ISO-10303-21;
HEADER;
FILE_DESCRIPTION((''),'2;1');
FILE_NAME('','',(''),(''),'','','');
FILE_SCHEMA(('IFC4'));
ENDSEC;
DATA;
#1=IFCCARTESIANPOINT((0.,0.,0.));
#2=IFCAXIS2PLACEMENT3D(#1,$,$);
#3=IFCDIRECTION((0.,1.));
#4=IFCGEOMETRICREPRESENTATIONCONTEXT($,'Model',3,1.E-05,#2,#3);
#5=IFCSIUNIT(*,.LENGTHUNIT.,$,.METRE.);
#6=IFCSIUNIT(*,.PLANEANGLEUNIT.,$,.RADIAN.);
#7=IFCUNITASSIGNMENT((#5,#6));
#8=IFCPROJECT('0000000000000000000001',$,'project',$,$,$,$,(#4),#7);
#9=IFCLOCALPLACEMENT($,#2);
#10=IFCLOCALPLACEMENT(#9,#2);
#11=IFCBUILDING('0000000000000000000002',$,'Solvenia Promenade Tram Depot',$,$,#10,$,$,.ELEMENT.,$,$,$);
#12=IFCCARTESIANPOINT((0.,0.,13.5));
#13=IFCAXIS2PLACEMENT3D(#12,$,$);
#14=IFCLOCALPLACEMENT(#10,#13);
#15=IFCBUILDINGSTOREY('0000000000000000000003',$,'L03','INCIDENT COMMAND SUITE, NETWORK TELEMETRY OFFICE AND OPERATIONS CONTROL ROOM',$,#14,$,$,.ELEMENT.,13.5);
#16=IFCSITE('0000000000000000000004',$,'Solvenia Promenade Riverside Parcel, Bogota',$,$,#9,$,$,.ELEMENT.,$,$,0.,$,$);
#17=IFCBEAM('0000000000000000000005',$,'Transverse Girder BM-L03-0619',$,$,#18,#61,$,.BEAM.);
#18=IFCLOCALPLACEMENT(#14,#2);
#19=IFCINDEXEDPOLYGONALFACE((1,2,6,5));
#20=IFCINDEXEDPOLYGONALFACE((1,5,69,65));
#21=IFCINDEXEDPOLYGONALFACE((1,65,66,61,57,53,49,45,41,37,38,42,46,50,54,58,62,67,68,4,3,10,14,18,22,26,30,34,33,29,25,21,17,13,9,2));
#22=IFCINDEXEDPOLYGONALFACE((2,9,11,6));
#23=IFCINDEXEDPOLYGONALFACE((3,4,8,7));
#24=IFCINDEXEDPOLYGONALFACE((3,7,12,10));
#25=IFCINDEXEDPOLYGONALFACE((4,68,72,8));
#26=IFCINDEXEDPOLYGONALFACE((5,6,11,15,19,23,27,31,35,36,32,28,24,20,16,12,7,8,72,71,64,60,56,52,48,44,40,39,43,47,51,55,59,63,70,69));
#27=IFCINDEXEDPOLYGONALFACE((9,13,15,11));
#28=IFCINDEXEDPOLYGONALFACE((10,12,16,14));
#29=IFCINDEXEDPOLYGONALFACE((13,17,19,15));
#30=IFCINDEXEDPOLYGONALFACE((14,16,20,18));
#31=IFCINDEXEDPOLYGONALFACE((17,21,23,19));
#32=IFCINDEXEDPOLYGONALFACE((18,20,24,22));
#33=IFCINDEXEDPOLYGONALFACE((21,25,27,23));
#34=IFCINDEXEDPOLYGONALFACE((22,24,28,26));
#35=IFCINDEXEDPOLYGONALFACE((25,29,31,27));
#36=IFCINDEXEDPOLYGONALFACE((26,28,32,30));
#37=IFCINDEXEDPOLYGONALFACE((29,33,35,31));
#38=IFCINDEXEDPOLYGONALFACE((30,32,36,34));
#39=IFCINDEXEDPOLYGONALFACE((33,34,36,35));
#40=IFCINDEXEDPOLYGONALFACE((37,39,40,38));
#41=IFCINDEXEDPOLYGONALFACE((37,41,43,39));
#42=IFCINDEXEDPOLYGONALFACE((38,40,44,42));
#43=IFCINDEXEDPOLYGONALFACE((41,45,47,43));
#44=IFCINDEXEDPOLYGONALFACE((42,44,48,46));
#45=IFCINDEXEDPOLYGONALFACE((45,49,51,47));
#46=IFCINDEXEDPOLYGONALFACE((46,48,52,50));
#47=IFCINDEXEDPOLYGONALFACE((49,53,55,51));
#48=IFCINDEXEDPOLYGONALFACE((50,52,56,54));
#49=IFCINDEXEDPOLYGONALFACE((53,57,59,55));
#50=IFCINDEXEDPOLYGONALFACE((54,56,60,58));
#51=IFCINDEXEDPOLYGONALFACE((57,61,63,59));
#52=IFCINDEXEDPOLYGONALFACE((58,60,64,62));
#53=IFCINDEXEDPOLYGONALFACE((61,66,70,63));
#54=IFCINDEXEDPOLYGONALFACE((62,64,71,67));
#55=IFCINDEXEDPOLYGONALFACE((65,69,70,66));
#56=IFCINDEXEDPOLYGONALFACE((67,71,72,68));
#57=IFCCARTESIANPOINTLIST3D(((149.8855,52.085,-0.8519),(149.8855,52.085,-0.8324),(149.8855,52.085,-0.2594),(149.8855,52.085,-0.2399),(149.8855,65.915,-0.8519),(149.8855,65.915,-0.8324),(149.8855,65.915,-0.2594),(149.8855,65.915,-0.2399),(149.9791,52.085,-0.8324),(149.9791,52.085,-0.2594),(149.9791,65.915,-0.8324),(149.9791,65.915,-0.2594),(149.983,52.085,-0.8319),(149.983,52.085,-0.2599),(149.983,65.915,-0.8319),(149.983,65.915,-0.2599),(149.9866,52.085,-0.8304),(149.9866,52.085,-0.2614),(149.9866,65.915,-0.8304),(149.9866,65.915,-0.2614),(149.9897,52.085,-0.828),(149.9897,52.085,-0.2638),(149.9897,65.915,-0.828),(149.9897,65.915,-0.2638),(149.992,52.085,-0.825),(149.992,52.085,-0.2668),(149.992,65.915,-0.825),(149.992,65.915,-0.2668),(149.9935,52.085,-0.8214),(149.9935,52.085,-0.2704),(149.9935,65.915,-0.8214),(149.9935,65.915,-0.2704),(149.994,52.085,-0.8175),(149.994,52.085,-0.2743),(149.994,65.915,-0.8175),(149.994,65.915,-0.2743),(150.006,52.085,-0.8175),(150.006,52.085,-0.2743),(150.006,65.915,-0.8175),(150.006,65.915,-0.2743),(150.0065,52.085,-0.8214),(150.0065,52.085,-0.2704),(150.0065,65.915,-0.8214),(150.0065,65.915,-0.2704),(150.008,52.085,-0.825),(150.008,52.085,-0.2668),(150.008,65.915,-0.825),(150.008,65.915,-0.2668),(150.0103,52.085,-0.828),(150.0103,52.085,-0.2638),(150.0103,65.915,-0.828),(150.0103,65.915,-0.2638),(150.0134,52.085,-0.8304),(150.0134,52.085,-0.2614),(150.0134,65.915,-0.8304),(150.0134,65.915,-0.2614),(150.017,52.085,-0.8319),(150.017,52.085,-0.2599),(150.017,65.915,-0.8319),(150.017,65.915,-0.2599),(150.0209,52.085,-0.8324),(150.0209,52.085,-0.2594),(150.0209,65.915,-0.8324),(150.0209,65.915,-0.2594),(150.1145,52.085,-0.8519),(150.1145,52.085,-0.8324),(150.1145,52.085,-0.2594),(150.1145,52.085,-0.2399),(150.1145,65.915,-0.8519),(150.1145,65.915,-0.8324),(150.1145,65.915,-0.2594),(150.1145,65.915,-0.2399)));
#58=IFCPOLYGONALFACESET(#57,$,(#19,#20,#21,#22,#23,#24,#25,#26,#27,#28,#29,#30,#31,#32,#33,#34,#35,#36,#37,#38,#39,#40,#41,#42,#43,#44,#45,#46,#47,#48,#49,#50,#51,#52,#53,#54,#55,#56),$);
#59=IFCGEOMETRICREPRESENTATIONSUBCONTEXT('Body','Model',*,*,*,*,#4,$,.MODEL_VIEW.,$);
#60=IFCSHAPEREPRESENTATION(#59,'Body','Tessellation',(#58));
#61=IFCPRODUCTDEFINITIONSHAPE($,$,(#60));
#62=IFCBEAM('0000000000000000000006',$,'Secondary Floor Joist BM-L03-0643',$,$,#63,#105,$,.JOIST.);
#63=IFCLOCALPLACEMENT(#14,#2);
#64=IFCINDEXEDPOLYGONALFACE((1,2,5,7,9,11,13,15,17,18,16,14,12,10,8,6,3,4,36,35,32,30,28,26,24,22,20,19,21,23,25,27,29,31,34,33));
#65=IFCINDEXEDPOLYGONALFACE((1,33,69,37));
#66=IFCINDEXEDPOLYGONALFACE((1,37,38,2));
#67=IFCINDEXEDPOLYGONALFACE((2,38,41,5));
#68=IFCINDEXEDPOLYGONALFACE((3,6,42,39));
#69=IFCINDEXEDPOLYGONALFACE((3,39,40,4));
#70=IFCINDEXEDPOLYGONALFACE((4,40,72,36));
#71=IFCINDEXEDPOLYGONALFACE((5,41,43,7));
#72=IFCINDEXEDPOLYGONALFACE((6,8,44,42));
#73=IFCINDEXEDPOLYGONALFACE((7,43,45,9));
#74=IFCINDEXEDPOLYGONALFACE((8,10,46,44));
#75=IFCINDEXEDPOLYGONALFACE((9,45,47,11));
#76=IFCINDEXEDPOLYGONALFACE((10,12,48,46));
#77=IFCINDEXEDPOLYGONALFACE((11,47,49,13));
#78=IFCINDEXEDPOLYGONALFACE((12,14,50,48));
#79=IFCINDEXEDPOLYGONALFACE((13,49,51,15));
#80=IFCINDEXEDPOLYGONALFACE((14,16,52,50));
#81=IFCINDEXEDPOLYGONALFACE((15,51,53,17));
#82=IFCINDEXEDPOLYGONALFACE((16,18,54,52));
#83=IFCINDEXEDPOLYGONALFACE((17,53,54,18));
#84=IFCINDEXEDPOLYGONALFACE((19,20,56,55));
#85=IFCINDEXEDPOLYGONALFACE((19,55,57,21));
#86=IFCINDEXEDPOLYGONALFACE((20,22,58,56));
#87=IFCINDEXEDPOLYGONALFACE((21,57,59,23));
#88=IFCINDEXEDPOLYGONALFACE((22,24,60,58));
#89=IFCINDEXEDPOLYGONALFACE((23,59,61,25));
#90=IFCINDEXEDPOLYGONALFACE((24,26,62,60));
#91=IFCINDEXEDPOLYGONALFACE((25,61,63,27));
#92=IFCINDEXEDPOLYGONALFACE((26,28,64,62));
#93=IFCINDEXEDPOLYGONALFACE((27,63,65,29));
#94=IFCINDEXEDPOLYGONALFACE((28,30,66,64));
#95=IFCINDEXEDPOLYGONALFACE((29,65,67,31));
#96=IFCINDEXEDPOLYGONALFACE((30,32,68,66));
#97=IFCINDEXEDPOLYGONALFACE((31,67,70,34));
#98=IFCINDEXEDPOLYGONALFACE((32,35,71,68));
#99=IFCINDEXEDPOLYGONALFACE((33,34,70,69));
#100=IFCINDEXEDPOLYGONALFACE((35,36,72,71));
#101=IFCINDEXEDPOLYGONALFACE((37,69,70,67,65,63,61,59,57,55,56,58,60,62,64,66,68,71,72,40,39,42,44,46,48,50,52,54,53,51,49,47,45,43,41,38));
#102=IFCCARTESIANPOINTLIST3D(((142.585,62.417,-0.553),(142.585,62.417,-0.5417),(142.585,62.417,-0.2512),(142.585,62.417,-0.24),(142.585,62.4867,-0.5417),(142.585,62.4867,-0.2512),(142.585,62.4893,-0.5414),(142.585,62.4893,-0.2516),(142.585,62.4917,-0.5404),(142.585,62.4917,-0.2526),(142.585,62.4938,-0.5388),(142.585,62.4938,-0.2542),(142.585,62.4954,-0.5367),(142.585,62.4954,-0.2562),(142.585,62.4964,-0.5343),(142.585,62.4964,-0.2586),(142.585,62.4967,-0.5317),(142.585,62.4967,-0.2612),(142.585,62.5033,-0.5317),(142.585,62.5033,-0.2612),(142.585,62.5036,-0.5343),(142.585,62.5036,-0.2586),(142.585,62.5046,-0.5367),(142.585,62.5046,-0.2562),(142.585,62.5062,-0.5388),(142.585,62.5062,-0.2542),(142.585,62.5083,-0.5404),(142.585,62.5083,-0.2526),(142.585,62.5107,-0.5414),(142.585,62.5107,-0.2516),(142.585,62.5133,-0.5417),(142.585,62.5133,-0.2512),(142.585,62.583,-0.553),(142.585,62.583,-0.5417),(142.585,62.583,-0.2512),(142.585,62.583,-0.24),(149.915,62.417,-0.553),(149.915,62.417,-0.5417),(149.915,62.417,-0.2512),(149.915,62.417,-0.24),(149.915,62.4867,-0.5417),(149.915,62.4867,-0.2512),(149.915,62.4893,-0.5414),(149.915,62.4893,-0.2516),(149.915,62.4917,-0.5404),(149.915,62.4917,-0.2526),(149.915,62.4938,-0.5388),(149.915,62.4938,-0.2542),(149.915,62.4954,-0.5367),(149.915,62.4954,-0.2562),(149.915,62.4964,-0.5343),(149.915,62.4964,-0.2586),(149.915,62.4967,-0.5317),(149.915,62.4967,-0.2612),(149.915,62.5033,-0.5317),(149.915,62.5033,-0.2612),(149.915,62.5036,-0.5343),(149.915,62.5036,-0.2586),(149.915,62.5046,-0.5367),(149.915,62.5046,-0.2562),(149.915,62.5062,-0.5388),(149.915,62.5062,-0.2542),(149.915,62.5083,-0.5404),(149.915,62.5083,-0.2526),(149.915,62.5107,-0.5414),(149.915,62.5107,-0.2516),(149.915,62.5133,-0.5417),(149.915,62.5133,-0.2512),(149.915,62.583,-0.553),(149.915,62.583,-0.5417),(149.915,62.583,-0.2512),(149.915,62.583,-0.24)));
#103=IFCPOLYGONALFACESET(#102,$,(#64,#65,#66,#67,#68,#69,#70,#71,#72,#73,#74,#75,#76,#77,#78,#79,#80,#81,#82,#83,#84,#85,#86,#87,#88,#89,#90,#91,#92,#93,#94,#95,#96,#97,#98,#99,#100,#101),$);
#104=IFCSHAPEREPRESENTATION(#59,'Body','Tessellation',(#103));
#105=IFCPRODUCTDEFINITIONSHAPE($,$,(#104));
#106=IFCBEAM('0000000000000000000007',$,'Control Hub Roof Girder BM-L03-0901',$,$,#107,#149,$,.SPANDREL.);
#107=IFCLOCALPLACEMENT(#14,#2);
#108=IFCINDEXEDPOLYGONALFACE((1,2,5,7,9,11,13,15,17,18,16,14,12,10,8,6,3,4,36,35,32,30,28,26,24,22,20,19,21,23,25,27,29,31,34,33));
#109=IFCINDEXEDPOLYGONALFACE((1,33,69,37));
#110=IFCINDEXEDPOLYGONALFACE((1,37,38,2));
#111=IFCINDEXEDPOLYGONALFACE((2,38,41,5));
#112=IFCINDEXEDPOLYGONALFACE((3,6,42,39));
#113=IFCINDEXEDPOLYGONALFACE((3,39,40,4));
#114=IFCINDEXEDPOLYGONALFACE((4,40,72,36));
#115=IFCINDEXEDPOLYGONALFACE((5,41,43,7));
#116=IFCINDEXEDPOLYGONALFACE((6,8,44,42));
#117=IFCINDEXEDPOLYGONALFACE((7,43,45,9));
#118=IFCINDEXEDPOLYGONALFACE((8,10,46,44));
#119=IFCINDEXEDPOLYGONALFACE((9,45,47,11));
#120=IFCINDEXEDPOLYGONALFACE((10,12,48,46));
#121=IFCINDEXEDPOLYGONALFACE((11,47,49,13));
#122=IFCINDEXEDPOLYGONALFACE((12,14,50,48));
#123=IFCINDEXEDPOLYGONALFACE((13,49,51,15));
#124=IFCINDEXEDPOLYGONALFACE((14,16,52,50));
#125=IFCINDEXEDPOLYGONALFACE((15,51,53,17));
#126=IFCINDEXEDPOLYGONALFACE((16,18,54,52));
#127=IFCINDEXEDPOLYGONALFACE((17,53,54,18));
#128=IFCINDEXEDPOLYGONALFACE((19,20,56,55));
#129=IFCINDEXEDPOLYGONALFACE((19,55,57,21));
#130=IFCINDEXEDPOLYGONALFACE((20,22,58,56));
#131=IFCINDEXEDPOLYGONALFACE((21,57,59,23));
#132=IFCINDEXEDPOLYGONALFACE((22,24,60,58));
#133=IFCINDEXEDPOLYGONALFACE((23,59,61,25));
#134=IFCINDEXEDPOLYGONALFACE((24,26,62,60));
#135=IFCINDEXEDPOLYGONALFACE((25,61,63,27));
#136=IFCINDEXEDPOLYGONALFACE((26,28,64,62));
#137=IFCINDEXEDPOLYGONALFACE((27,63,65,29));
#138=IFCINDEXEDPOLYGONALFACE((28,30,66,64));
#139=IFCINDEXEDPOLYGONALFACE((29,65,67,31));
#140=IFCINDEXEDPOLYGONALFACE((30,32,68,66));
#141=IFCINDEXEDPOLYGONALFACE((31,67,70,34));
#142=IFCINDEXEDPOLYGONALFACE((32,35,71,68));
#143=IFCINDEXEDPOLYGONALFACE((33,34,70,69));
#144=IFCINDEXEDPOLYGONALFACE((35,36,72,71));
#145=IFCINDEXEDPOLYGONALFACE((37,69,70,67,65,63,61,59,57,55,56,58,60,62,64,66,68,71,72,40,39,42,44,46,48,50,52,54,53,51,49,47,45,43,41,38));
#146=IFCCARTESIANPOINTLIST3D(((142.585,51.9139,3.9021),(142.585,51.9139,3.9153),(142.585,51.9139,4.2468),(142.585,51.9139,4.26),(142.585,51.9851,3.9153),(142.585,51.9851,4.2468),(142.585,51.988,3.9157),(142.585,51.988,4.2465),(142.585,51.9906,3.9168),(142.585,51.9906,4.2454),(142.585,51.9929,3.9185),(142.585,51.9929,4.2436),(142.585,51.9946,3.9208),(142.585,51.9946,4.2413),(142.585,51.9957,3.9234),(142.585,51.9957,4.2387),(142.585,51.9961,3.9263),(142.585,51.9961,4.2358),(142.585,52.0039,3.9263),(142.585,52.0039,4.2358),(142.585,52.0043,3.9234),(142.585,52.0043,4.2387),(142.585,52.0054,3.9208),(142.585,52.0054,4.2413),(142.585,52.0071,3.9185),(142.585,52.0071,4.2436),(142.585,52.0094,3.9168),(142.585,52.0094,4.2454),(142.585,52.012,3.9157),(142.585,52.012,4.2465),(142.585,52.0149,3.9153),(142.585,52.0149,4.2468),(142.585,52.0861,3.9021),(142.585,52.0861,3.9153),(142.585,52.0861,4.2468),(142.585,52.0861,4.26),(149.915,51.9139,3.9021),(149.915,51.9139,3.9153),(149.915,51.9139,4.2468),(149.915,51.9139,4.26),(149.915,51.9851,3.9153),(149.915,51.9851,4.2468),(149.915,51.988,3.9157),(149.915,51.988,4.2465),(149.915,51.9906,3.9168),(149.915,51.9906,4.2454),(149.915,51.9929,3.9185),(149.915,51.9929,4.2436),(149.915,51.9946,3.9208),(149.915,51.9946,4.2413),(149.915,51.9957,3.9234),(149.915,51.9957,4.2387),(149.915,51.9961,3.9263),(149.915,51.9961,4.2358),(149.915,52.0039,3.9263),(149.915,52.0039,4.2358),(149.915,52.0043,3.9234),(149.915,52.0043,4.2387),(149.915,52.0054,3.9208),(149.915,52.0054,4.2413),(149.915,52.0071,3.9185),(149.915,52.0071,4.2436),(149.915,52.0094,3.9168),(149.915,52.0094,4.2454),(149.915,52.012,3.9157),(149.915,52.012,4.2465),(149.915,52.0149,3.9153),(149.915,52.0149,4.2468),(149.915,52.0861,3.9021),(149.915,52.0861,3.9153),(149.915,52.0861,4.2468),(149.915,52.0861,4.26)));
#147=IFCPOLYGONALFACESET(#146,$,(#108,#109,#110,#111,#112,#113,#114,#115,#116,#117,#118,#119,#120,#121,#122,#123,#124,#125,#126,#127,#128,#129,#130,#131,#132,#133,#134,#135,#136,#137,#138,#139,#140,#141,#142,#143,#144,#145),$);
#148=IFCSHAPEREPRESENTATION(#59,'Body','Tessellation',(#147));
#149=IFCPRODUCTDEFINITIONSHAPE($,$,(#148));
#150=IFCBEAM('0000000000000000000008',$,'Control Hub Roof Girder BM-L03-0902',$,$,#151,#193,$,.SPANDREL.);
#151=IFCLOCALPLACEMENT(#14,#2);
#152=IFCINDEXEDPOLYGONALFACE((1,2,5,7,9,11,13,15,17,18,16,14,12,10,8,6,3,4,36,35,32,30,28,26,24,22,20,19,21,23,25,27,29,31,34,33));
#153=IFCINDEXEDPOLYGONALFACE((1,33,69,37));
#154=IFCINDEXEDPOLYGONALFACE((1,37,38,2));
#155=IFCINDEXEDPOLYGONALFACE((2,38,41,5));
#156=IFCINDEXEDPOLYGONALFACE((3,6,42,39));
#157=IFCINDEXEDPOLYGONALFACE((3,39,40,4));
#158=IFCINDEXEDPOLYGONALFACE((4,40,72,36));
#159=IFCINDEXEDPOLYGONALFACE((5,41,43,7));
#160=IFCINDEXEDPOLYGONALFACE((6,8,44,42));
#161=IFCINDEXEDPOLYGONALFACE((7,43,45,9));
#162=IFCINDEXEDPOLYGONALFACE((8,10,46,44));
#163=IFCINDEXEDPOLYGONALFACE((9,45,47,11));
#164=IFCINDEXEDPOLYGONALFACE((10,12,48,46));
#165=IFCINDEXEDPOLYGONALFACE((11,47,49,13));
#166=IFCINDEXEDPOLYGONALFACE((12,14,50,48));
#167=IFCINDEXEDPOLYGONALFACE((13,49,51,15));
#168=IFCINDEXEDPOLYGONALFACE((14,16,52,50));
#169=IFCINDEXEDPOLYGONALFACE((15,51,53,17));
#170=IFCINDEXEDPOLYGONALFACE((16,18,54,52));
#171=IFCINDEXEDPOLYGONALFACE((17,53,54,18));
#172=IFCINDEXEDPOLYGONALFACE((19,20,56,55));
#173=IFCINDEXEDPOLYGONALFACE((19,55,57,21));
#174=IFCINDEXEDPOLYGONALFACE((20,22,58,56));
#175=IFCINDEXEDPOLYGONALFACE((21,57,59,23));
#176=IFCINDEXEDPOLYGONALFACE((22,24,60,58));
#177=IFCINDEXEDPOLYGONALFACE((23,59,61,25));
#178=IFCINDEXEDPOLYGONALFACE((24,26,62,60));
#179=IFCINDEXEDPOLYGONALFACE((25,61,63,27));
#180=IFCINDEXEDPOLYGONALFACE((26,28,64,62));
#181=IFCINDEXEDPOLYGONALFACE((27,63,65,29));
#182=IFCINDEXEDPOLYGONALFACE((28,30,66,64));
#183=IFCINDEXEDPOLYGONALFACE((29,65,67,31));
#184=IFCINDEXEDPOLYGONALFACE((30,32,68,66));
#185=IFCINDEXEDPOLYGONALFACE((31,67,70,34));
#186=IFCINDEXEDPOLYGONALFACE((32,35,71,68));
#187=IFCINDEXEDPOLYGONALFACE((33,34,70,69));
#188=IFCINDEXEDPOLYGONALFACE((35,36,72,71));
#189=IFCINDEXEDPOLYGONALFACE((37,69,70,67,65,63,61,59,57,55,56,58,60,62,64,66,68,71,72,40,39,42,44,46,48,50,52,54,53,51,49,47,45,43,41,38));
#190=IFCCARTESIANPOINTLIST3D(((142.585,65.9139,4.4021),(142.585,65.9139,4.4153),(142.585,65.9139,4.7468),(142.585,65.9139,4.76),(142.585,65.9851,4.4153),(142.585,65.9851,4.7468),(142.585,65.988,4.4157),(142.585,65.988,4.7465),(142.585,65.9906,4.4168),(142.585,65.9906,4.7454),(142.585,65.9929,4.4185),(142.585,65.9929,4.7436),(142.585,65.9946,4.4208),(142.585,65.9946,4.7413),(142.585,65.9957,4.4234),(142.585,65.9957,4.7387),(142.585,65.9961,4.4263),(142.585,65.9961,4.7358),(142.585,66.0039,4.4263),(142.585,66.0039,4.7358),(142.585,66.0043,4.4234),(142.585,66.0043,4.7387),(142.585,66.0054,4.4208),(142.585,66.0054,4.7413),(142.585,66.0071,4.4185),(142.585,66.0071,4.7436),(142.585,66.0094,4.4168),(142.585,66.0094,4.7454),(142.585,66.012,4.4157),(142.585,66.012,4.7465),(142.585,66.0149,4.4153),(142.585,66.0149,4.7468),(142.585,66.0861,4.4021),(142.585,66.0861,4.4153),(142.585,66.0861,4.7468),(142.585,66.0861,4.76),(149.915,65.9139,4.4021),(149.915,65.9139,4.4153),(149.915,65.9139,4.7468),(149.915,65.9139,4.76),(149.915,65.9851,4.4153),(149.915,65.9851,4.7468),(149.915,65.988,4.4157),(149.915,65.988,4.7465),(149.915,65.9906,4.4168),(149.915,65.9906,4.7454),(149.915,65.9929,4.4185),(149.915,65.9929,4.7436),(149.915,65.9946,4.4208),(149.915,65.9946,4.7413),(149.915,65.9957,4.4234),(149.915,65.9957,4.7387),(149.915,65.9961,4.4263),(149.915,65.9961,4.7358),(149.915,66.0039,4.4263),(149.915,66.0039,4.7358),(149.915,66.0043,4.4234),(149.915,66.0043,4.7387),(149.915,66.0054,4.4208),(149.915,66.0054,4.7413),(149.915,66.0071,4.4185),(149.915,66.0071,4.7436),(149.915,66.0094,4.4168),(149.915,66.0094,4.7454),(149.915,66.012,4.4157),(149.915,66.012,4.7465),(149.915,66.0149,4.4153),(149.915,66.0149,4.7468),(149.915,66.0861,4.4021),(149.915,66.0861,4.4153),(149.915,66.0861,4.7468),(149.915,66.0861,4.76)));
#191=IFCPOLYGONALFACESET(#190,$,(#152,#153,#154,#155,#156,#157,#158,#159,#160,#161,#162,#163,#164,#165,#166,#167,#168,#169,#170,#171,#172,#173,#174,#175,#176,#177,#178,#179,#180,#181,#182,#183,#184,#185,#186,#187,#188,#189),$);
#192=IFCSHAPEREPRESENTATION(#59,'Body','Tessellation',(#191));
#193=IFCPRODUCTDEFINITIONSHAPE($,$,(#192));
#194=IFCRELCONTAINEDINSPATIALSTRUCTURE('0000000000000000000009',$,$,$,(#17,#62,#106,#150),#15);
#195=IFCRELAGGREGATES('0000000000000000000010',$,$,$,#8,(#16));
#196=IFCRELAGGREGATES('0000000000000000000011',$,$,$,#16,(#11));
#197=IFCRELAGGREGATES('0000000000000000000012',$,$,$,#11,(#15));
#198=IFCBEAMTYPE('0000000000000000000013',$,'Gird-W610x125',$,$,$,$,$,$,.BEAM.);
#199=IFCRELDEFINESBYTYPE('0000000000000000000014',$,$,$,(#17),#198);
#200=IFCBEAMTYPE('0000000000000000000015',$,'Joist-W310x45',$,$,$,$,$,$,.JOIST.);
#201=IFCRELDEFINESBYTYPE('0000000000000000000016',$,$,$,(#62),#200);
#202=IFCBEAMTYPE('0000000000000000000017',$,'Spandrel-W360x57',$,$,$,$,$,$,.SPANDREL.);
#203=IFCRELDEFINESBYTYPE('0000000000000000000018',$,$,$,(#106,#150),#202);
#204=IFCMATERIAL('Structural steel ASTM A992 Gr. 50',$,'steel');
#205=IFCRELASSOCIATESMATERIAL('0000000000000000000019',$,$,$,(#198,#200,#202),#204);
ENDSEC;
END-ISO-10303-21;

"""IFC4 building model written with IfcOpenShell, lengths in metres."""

from ifc_helpers import new_model, si_unit, direction, frame, origin, origin_2d, place, context, subcontext, project, spatial, i_section, extrude, material, material_profile, profile_set, type_object, element, save


model = new_model("IFC4")

# Units and contexts
model_context = context("Model", 3, precision=1e-05, world=origin(), true_north=direction((0.0, 1.0)))
body_context = subcontext(model_context, "Body", "Model", "MODEL_VIEW")
ifc_project = project(units=[si_unit("LENGTHUNIT", "METRE"), si_unit("PLANEANGLEUNIT", "RADIAN")], contexts=[model_context])

# Site, building, storey
site_placement = place(None, origin())
site = spatial("IfcSite", under=ifc_project, at=site_placement, Name="Solvenia Promenade Riverside Parcel, Bogota", CompositionType="ELEMENT", RefElevation=0.0)
building_placement = place(site_placement, origin())
building = spatial("IfcBuilding", under=site, at=building_placement, Name="Solvenia Promenade Tram Depot", CompositionType="ELEMENT")
storey_placement = place(building_placement, frame((0.0, 0.0, 13.5)))
storey = spatial("IfcBuildingStorey", under=building, at=storey_placement, Name="L03", Description="INCIDENT COMMAND SUITE, NETWORK TELEMETRY OFFICE AND OPERATIONS CONTROL ROOM", CompositionType="ELEMENT", Elevation=13.5)

# Shared definitions
ifc_material_1 = material(Name="Structural steel ASTM A992 Gr. 50", Category="steel")

# Beams
ifc_material_profile_1 = material_profile(ifc_material_1, i_section(OverallWidth=0.229, OverallDepth=0.6121, WebThickness=0.012, FlangeThickness=0.0195, FilletRadius=0.0149, at=origin_2d()), Name="W610x125", Category="steel")
ifc_profile_set_1 = profile_set([ifc_material_profile_1], Name="Structural steel ASTM A992 Gr. 50")
beam_type_1 = type_object("IfcBeamType", Name="Gird-W610x125", PredefinedType="BEAM", material=ifc_profile_set_1)
beam_1_placement = place(storey_placement, frame((150.0, 52.085, -0.5459), z_axis=(0.0, 1.0, 0.0), x_axis=(-1.0, 0.0, 0.0)))
element("IfcBeam", 1, at=beam_1_placement, inside=storey, type_object=beam_type_1, Name="Transverse Girder BM-L03-0619", PredefinedType="BEAM", context=body_context, shape_type="SweptSolid", body=[
    extrude(i_section(OverallWidth=0.229, OverallDepth=0.6121, WebThickness=0.012, FlangeThickness=0.0195, FilletRadius=0.0149, at=origin_2d()), origin(), (0.0, 0.0, 1.0), 13.8301),
])
ifc_material_profile_2 = material_profile(ifc_material_1, i_section(OverallWidth=0.166, OverallDepth=0.313, WebThickness=0.0066, FlangeThickness=0.0112, FilletRadius=0.01, at=origin_2d()), Name="W310x45", Category="steel")
ifc_profile_set_2 = profile_set([ifc_material_profile_2], Name="Structural steel ASTM A992 Gr. 50")
beam_type_2 = type_object("IfcBeamType", Name="Joist-W310x45", PredefinedType="JOIST", material=ifc_profile_set_2)
beam_2_placement = place(storey_placement, frame((142.585, 62.5, -0.3965), z_axis=(1.0, 0.0, 0.0), x_axis=(0.0, 1.0, 0.0)))
element("IfcBeam", 2, at=beam_2_placement, inside=storey, type_object=beam_type_2, Name="Secondary Floor Joist BM-L03-0643", PredefinedType="JOIST", context=body_context, shape_type="SweptSolid", body=[
    extrude(i_section(OverallWidth=0.166, OverallDepth=0.313, WebThickness=0.0066, FlangeThickness=0.0112, FilletRadius=0.01, at=origin_2d()), origin(), (0.0, 0.0, 1.0), 7.3301),
])
ifc_material_profile_3 = material_profile(ifc_material_1, i_section(OverallWidth=0.1721, OverallDepth=0.3579, WebThickness=0.0078, FlangeThickness=0.0132, FilletRadius=0.011, at=origin_2d()), Name="W360x57", Category="steel")
ifc_profile_set_3 = profile_set([ifc_material_profile_3], Name="Structural steel ASTM A992 Gr. 50")
beam_type_3 = type_object("IfcBeamType", Name="Spandrel-W360x57", PredefinedType="SPANDREL", material=ifc_profile_set_3)
for number, where, z_axis, x_axis, name in (
    (3, (142.585, 52.0, 4.0811), (1.0, 0.0, 0.0), (0.0, 1.0, 0.0), "Control Hub Roof Girder BM-L03-0901"),
    (4, (142.585, 66.0, 4.5811), (1.0, 0.0, 0.0), (0.0, 1.0, 0.0), "Control Hub Roof Girder BM-L03-0902"),
):
    element("IfcBeam", number, at=place(storey_placement, frame(where, z_axis=z_axis, x_axis=x_axis)), inside=storey, type_object=beam_type_3, Name=name, PredefinedType="SPANDREL", context=body_context, shape_type="SweptSolid", body=[
        extrude(i_section(OverallWidth=0.1721, OverallDepth=0.3579, WebThickness=0.0078, FlangeThickness=0.0132, FilletRadius=0.011, at=origin_2d()), origin(), (0.0, 0.0, 1.0), 7.3301),
    ])

save(model, "model.ifc")
